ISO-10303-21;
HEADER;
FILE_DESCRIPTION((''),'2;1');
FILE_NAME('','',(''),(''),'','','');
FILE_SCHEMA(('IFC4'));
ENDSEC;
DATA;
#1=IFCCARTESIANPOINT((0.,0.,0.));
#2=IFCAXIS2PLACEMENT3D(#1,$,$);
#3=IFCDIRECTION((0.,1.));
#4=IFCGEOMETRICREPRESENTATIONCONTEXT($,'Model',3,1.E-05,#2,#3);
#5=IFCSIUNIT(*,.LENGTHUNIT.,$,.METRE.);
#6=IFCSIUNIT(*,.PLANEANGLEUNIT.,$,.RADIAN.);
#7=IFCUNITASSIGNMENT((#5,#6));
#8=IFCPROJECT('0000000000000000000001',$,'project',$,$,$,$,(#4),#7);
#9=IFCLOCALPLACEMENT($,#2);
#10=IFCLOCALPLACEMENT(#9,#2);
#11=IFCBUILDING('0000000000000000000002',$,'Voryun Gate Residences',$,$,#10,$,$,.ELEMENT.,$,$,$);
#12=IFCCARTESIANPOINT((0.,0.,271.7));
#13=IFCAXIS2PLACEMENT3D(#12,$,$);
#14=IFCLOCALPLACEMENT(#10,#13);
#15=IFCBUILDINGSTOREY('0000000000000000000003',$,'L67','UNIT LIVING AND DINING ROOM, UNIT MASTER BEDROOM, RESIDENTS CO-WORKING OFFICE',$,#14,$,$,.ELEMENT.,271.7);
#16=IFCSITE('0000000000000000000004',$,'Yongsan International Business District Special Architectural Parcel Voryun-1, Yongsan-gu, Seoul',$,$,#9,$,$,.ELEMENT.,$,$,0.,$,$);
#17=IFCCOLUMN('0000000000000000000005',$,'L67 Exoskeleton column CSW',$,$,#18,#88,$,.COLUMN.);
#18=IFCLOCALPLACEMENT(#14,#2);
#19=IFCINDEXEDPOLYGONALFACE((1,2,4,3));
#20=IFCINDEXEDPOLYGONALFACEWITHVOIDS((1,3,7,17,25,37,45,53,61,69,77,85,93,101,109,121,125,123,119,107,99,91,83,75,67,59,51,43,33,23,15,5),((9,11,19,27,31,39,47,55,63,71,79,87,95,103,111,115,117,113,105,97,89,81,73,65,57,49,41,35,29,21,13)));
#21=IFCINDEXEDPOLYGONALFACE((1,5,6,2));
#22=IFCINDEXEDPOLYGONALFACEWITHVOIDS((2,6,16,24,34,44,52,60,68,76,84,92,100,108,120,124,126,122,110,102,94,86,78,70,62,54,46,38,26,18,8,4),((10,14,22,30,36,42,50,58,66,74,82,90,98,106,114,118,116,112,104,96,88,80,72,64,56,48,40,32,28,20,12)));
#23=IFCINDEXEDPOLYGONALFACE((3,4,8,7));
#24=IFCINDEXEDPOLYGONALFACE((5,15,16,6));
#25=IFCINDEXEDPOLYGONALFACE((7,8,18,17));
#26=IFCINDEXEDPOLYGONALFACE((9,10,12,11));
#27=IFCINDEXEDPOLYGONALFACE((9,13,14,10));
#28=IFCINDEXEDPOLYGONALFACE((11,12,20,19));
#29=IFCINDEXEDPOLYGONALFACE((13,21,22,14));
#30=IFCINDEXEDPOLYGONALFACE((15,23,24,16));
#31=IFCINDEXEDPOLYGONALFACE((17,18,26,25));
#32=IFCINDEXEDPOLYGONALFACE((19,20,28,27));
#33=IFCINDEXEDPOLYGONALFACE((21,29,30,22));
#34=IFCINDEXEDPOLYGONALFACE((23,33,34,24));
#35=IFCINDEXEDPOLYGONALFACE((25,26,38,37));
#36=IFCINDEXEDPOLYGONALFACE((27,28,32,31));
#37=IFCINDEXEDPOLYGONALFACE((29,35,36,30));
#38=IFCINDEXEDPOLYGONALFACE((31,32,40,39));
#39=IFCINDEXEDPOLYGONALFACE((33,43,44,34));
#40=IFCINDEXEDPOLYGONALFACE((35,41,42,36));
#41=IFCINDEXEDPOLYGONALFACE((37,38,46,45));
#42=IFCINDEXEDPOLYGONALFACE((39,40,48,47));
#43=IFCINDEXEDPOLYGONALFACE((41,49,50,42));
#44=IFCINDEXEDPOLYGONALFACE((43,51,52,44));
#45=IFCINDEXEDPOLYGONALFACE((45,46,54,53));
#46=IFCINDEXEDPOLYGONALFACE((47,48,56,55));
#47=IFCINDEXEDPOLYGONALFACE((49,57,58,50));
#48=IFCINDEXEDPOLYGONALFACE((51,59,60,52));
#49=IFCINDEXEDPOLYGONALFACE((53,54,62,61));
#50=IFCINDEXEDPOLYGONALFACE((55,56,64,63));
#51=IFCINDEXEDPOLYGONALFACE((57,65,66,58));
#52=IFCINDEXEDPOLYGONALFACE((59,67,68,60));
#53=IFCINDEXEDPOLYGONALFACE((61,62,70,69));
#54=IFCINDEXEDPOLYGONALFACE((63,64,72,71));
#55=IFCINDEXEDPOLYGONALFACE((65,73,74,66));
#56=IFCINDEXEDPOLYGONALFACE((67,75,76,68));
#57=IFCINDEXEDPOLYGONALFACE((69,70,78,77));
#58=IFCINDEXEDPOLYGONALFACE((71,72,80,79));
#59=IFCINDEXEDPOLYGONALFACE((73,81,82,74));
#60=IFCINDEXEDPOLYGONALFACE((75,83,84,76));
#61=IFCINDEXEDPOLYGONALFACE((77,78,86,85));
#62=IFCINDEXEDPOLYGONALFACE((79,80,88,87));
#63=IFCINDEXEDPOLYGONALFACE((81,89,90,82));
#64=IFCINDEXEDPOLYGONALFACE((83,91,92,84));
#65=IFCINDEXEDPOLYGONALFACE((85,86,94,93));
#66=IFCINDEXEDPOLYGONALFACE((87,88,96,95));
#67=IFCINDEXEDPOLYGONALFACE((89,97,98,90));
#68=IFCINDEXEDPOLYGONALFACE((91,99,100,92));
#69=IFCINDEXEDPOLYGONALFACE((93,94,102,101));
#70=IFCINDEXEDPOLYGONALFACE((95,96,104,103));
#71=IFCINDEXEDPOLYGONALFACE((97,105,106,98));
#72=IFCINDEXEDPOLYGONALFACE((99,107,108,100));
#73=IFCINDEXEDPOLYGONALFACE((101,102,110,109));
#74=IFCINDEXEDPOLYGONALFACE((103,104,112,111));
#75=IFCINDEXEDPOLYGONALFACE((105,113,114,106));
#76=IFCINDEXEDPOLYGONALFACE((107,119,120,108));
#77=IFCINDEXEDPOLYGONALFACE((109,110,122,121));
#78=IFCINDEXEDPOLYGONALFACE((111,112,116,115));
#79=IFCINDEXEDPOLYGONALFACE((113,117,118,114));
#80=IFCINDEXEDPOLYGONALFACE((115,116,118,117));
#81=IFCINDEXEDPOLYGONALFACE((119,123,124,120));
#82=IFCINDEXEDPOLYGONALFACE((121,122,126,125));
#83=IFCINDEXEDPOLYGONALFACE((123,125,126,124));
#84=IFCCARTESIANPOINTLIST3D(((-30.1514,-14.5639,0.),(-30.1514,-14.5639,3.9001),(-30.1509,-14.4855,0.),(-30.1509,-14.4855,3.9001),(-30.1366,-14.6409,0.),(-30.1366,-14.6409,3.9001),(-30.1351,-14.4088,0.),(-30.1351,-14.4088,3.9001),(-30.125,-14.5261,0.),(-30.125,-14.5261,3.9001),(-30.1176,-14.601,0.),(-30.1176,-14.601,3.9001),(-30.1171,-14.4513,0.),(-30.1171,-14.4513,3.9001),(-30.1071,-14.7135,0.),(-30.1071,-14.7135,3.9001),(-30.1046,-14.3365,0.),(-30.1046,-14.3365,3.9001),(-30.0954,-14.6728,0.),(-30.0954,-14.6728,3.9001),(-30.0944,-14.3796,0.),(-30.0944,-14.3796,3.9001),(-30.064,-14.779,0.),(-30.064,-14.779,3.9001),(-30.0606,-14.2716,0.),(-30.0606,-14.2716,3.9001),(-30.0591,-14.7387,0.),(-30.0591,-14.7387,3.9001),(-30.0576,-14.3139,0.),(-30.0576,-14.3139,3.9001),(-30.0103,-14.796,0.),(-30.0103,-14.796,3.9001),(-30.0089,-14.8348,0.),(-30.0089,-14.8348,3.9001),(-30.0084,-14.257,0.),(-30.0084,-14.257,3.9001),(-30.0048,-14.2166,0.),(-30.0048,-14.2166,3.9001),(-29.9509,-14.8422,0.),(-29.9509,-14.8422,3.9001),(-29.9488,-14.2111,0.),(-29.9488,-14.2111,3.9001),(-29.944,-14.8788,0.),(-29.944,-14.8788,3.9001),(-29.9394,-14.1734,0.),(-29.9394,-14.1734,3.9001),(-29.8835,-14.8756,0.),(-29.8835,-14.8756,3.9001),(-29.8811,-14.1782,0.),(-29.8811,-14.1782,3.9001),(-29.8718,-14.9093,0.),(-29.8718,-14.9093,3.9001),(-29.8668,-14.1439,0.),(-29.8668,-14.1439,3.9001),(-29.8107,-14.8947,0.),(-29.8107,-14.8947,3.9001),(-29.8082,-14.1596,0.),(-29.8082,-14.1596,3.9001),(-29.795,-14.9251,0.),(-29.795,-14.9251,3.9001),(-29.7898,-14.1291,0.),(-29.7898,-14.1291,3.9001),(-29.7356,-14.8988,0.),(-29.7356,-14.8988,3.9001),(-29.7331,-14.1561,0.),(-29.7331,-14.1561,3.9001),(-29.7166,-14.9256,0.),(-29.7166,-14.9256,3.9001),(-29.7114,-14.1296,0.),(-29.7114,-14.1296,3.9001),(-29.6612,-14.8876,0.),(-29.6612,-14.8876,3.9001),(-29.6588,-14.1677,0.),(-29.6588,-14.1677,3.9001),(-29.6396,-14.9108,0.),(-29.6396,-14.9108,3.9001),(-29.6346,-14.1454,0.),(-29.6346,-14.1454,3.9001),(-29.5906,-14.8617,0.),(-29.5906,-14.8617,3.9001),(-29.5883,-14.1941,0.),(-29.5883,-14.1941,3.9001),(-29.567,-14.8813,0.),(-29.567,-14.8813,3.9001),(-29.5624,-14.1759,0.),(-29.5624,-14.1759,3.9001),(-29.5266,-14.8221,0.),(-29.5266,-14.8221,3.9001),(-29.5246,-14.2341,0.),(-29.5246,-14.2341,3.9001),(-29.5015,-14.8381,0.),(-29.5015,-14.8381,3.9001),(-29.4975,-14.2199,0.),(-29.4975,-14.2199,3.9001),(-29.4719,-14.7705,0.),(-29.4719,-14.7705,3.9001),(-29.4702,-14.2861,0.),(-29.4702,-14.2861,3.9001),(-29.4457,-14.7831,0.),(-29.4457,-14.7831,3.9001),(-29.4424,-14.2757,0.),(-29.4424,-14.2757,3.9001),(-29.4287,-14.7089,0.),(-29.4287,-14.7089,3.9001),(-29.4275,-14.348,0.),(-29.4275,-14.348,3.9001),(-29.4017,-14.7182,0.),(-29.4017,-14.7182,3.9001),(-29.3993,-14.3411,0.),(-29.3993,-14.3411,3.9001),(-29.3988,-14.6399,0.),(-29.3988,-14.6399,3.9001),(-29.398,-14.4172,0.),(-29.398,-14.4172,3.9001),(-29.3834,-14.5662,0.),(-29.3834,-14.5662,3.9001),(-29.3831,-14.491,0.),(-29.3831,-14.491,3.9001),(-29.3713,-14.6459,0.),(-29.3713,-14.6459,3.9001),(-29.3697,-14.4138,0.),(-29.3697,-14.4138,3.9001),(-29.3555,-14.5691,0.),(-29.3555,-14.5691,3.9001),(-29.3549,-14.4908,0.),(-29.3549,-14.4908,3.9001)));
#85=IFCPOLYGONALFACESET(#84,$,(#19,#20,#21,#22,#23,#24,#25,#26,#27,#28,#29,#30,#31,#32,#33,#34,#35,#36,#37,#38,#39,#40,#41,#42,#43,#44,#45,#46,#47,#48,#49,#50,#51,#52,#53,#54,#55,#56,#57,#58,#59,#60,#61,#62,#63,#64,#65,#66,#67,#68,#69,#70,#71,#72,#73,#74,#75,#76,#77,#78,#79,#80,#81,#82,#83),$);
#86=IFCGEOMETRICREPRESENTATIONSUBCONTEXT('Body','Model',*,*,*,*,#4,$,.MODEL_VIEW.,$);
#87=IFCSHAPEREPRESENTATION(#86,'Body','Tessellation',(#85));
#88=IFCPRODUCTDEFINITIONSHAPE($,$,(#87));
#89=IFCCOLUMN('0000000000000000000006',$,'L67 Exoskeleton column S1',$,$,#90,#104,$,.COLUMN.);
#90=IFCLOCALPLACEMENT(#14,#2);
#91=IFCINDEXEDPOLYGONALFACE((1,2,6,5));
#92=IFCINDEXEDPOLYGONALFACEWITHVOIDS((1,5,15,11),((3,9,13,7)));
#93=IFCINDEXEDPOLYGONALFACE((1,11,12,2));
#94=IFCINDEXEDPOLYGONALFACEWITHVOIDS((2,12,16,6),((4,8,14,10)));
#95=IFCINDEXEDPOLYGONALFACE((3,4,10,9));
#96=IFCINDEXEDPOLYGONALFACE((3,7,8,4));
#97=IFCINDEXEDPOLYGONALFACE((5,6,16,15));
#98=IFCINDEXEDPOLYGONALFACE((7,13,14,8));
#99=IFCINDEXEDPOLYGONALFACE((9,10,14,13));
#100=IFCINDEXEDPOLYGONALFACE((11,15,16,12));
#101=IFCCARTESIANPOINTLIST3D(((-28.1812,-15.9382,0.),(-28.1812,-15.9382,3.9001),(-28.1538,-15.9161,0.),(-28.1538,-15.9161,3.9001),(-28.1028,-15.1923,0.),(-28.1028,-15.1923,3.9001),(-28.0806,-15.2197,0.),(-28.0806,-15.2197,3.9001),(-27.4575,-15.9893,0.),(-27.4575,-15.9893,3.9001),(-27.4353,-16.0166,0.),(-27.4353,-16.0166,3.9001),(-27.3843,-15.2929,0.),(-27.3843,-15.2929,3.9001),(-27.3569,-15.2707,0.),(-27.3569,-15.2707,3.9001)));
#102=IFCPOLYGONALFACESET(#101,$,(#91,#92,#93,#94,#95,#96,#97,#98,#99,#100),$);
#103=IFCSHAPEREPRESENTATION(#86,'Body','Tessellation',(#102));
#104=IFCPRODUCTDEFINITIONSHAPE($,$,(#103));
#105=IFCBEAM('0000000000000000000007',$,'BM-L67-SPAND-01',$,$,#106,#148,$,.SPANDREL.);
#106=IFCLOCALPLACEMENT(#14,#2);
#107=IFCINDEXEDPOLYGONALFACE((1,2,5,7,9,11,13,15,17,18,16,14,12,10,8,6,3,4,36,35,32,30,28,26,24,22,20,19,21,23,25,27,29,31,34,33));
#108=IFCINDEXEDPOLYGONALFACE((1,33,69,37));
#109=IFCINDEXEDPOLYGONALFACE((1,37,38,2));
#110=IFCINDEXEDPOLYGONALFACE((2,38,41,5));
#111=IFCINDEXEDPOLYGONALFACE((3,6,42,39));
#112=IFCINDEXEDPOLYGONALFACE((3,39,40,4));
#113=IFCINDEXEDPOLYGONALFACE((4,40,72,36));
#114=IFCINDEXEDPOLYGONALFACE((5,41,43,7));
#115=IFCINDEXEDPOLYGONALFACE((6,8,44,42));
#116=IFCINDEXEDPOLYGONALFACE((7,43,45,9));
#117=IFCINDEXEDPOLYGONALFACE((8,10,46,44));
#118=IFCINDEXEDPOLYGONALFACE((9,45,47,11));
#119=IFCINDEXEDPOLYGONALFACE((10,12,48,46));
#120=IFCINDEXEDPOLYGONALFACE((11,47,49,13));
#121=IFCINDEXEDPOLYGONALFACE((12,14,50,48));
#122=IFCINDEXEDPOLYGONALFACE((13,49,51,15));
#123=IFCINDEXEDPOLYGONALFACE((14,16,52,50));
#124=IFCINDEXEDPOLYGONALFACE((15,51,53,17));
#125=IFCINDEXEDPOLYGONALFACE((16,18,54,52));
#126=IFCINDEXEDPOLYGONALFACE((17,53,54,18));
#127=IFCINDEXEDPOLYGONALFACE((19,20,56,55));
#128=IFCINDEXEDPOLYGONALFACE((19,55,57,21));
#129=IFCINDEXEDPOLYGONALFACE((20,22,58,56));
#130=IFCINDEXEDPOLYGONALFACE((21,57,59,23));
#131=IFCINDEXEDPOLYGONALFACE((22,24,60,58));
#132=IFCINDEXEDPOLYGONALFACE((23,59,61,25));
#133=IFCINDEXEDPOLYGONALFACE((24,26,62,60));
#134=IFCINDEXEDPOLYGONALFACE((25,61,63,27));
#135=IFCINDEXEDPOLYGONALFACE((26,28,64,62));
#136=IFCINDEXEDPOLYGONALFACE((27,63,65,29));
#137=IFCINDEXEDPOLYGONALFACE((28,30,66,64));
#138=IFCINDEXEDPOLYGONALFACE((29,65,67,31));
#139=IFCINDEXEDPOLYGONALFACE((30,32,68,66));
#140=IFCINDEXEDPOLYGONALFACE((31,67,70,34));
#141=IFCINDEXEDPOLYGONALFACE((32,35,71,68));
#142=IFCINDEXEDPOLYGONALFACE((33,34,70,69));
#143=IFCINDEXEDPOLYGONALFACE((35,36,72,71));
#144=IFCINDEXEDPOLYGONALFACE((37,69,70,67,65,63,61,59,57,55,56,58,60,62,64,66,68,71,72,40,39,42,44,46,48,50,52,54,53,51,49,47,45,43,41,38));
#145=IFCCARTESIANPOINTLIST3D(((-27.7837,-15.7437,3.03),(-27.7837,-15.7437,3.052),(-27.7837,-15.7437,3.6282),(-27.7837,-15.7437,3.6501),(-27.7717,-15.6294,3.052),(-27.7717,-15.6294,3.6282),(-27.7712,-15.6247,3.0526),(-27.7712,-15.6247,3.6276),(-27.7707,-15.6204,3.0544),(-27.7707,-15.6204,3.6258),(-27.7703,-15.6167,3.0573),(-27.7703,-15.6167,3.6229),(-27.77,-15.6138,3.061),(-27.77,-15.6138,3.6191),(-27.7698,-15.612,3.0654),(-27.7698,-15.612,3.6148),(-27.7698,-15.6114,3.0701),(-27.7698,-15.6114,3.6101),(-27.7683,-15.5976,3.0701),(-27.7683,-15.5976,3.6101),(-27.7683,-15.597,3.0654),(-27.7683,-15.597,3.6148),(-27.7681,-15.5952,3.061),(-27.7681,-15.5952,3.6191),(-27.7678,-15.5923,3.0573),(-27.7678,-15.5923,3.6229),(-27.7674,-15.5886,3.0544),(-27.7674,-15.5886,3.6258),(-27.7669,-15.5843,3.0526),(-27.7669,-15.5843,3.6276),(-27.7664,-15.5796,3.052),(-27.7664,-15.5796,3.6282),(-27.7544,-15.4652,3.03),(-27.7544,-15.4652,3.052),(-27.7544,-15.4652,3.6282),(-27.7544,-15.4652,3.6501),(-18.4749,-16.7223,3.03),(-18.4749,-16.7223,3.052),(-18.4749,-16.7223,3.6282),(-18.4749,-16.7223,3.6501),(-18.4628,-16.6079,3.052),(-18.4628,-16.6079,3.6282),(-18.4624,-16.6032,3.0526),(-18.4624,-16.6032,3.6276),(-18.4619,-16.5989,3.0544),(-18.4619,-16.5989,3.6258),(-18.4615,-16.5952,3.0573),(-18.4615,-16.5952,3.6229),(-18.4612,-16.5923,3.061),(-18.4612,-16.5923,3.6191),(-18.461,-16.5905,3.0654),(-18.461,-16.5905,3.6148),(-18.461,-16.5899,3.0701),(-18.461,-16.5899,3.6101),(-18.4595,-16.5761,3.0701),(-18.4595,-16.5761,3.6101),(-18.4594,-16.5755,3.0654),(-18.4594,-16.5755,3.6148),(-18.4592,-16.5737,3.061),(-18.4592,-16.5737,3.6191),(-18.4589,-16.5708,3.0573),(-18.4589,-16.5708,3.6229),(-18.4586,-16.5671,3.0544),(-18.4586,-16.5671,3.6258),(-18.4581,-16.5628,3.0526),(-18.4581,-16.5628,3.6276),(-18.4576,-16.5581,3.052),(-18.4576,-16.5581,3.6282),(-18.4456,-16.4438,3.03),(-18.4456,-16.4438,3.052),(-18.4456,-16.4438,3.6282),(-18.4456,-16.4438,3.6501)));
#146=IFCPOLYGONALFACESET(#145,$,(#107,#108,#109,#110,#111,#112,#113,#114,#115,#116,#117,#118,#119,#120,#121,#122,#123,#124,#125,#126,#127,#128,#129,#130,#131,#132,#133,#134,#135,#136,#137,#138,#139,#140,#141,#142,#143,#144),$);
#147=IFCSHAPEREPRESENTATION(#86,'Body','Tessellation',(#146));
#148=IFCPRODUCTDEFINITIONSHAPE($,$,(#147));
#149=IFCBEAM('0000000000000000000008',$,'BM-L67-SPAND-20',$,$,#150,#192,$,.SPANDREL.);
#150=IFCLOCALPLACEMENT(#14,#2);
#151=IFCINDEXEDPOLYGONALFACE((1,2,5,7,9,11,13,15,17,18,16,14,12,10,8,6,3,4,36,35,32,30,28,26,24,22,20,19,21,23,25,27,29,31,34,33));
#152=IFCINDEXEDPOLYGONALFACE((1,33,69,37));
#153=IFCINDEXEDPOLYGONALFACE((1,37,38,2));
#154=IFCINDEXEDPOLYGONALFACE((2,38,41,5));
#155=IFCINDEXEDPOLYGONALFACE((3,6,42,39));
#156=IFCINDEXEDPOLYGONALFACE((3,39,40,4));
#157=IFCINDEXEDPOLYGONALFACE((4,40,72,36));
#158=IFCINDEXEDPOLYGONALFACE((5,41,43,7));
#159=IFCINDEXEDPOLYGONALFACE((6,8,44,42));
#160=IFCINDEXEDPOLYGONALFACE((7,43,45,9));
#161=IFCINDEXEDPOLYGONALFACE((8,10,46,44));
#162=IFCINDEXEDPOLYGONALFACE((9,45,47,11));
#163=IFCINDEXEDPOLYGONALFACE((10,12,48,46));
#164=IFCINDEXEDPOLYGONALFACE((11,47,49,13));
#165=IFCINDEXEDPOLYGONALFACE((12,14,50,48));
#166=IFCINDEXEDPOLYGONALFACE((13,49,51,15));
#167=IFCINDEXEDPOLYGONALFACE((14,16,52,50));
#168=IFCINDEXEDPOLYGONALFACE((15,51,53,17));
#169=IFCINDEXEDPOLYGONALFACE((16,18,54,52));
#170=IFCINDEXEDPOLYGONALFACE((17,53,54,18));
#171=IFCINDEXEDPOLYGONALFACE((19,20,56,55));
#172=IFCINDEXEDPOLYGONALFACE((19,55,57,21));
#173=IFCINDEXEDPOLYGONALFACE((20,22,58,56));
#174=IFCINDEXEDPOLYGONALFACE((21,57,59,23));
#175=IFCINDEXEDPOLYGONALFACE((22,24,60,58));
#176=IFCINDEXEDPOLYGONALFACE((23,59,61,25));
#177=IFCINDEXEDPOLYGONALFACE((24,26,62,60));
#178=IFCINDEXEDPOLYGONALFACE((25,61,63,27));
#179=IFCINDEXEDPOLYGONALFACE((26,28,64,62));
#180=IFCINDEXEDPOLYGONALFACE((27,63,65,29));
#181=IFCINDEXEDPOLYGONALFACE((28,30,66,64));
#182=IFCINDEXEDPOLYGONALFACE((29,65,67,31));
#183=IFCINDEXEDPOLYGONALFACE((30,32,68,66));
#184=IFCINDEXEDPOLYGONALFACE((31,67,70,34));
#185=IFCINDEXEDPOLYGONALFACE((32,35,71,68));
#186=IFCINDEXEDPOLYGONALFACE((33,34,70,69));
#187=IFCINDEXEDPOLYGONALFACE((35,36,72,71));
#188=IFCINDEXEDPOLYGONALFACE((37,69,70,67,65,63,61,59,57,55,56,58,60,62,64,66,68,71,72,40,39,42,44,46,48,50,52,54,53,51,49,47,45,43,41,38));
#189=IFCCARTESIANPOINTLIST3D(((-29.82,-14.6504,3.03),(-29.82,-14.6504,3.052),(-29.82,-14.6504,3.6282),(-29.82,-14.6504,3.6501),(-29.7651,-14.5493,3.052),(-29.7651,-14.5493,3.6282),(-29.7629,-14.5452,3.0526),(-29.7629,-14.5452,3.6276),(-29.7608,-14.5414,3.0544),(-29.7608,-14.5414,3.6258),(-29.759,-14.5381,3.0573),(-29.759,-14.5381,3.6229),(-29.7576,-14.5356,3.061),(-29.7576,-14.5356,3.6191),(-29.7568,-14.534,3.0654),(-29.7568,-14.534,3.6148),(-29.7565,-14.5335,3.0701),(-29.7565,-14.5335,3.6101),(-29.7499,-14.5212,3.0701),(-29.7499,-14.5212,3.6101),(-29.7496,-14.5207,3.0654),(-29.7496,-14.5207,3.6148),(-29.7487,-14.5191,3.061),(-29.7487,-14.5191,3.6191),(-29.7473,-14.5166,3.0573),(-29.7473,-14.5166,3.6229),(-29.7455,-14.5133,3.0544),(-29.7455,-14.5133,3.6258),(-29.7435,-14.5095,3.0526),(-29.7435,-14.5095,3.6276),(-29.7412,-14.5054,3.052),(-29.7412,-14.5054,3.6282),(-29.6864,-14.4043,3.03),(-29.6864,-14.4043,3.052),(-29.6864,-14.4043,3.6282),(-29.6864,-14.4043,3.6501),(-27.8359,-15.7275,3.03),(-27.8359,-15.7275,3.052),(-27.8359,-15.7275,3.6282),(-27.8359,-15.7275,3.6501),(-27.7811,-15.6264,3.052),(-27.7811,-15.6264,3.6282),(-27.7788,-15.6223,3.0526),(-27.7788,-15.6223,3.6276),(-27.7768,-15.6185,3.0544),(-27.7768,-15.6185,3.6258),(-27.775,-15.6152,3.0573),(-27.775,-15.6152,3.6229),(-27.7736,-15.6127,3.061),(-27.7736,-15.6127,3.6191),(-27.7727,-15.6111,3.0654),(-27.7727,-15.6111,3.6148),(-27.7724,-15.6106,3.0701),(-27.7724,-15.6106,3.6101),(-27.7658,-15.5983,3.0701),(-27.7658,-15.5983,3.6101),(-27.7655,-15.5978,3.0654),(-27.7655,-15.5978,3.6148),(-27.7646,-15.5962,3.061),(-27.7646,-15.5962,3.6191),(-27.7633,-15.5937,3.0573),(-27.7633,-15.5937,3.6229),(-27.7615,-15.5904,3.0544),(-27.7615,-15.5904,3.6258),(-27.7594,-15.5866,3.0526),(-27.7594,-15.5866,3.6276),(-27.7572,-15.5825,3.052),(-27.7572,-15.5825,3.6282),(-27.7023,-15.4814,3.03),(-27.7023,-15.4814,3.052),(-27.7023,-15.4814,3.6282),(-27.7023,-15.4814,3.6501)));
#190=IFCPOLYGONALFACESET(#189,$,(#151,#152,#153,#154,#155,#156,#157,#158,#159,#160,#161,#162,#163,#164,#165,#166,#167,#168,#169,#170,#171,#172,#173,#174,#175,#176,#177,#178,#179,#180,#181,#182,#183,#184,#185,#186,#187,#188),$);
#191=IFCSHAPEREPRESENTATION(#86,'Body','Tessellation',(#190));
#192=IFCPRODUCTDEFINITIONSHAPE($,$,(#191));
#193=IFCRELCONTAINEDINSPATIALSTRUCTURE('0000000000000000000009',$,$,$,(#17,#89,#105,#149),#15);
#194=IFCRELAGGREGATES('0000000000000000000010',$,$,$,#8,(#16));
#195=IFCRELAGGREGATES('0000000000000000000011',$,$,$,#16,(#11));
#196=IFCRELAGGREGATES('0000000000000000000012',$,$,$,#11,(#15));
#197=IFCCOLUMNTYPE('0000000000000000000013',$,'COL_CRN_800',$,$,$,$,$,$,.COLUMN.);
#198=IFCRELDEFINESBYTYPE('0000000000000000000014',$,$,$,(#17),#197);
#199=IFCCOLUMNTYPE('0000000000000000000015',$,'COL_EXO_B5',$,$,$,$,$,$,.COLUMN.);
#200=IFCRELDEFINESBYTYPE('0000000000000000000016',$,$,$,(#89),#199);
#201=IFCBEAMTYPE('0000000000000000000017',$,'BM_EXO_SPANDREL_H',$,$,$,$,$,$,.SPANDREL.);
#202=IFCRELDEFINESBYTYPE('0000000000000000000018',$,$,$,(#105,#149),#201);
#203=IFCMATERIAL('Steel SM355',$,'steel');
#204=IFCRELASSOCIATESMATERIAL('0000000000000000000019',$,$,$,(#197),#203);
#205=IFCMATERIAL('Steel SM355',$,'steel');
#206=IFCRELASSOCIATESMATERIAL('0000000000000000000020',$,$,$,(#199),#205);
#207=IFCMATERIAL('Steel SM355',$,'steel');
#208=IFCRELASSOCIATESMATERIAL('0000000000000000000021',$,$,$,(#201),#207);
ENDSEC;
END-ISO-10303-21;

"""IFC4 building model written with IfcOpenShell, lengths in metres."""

from ifc_helpers import new_model, si_unit, direction, frame, origin, origin_2d, place, context, subcontext, project, spatial, hollow_rectangle, hollow_circle, i_section, extrude, material, material_profile, profile_set, type_object, element, save


model = new_model("IFC4")

# Units and contexts
model_context = context("Model", 3, precision=1e-05, world=origin(), true_north=direction((0.0, 1.0)))
body_context = subcontext(model_context, "Body", "Model", "MODEL_VIEW")
ifc_project = project(units=[si_unit("LENGTHUNIT", "METRE"), si_unit("PLANEANGLEUNIT", "RADIAN")], contexts=[model_context])

# Site, building, storey
site_placement = place(None, origin())
site = spatial("IfcSite", under=ifc_project, at=site_placement, Name="Yongsan International Business District Special Architectural Parcel Voryun-1, Yongsan-gu, Seoul", CompositionType="ELEMENT", RefElevation=0.0)
building_placement = place(site_placement, origin())
building = spatial("IfcBuilding", under=site, at=building_placement, Name="Voryun Gate Residences", CompositionType="ELEMENT")
storey_placement = place(building_placement, frame((0.0, 0.0, 271.7)))
storey = spatial("IfcBuildingStorey", under=building, at=storey_placement, Name="L67", Description="UNIT LIVING AND DINING ROOM, UNIT MASTER BEDROOM, RESIDENTS CO-WORKING OFFICE", CompositionType="ELEMENT", Elevation=271.7)

# Columns
ifc_material_1 = material(Name="Steel SM355", Category="steel")
ifc_material_profile_1 = material_profile(ifc_material_1, hollow_circle(Radius=0.3999, WallThickness=0.0281, at=origin_2d()), Name="CHS-800x28")
ifc_profile_set_1 = profile_set([ifc_material_profile_1], Name="Steel SM355")
column_type_1 = type_object("IfcColumnType", Name="COL_CRN_800", PredefinedType="COLUMN", material=ifc_profile_set_1)
column_1_placement = place(storey_placement, frame((-29.7532, -14.5273, 0.0), z_axis=(0.0, 0.0, 1.0), x_axis=(0.994522, -0.104528, 0.0)))
element("IfcColumn", 1, at=column_1_placement, inside=storey, type_object=column_type_1, Name="L67 Exoskeleton column CSW", PredefinedType="COLUMN", context=body_context, shape_type="SweptSolid", body=[
    extrude(hollow_circle(Radius=0.3999, WallThickness=0.0281, at=origin_2d()), origin(), (0.0, 0.0, 1.0), 3.9001),
])
ifc_material_2 = material(Name="Steel SM355", Category="steel")
ifc_material_profile_2 = material_profile(ifc_material_2, hollow_rectangle(XDim=0.75, YDim=0.75, WallThickness=0.0249, at=origin_2d()), Name="BOX-750x750x25")
ifc_profile_set_2 = profile_set([ifc_material_profile_2], Name="Steel SM355")
column_type_2 = type_object("IfcColumnType", Name="COL_EXO_B5", PredefinedType="COLUMN", material=ifc_profile_set_2)
column_2_placement = place(storey_placement, frame((-27.769, -15.6045, 0.0), z_axis=(0.0, 0.0, 1.0), x_axis=(0.994522, -0.104528, 0.0)))
element("IfcColumn", 2, at=column_2_placement, inside=storey, type_object=column_type_2, Name="L67 Exoskeleton column S1", PredefinedType="COLUMN", context=body_context, shape_type="SweptSolid", body=[
    extrude(hollow_rectangle(XDim=0.75, YDim=0.75, WallThickness=0.0249, at=origin_2d()), origin(), (0.0, 0.0, 1.0), 3.9001),
])

# Beams
ifc_material_3 = material(Name="Steel SM355", Category="steel")
ifc_material_profile_3 = material_profile(ifc_material_3, i_section(OverallWidth=0.28, OverallDepth=0.6201, WebThickness=0.0139, FlangeThickness=0.022, FilletRadius=0.0181, at=origin_2d()), Name="H-620x280x14x22")
ifc_profile_set_3 = profile_set([ifc_material_profile_3], Name="Steel SM355")
beam_type = type_object("IfcBeamType", Name="BM_EXO_SPANDREL_H", PredefinedType="SPANDREL", material=ifc_profile_set_3)
beam_1_placement = place(storey_placement, frame((-27.769, -15.6045, 3.3401), z_axis=(0.994521, -0.104541, 0.0), x_axis=(0.104541, 0.994521, 0.0)))
element("IfcBeam", 3, at=beam_1_placement, inside=storey, type_object=beam_type, Name="BM-L67-SPAND-01", PredefinedType="SPANDREL", context=body_context, shape_type="SweptSolid", body=[
    extrude(i_section(OverallWidth=0.28, OverallDepth=0.6201, WebThickness=0.0139, FlangeThickness=0.022, FilletRadius=0.0181, at=origin_2d()), origin(), (0.0, 0.0, 1.0), 9.3601),
])
beam_2_placement = place(storey_placement, frame((-29.7532, -14.5273, 3.3401), z_axis=(0.878844, -0.477109, 0.0), x_axis=(0.477109, 0.878844, 0.0)))
element("IfcBeam", 4, at=beam_2_placement, inside=storey, type_object=beam_type, Name="BM-L67-SPAND-20", PredefinedType="SPANDREL", context=body_context, shape_type="SweptSolid", body=[
    extrude(i_section(OverallWidth=0.28, OverallDepth=0.6201, WebThickness=0.0139, FlangeThickness=0.022, FilletRadius=0.0181, at=origin_2d()), origin(), (0.0, 0.0, 1.0), 2.2576),
])

save(model, "model.ifc")
